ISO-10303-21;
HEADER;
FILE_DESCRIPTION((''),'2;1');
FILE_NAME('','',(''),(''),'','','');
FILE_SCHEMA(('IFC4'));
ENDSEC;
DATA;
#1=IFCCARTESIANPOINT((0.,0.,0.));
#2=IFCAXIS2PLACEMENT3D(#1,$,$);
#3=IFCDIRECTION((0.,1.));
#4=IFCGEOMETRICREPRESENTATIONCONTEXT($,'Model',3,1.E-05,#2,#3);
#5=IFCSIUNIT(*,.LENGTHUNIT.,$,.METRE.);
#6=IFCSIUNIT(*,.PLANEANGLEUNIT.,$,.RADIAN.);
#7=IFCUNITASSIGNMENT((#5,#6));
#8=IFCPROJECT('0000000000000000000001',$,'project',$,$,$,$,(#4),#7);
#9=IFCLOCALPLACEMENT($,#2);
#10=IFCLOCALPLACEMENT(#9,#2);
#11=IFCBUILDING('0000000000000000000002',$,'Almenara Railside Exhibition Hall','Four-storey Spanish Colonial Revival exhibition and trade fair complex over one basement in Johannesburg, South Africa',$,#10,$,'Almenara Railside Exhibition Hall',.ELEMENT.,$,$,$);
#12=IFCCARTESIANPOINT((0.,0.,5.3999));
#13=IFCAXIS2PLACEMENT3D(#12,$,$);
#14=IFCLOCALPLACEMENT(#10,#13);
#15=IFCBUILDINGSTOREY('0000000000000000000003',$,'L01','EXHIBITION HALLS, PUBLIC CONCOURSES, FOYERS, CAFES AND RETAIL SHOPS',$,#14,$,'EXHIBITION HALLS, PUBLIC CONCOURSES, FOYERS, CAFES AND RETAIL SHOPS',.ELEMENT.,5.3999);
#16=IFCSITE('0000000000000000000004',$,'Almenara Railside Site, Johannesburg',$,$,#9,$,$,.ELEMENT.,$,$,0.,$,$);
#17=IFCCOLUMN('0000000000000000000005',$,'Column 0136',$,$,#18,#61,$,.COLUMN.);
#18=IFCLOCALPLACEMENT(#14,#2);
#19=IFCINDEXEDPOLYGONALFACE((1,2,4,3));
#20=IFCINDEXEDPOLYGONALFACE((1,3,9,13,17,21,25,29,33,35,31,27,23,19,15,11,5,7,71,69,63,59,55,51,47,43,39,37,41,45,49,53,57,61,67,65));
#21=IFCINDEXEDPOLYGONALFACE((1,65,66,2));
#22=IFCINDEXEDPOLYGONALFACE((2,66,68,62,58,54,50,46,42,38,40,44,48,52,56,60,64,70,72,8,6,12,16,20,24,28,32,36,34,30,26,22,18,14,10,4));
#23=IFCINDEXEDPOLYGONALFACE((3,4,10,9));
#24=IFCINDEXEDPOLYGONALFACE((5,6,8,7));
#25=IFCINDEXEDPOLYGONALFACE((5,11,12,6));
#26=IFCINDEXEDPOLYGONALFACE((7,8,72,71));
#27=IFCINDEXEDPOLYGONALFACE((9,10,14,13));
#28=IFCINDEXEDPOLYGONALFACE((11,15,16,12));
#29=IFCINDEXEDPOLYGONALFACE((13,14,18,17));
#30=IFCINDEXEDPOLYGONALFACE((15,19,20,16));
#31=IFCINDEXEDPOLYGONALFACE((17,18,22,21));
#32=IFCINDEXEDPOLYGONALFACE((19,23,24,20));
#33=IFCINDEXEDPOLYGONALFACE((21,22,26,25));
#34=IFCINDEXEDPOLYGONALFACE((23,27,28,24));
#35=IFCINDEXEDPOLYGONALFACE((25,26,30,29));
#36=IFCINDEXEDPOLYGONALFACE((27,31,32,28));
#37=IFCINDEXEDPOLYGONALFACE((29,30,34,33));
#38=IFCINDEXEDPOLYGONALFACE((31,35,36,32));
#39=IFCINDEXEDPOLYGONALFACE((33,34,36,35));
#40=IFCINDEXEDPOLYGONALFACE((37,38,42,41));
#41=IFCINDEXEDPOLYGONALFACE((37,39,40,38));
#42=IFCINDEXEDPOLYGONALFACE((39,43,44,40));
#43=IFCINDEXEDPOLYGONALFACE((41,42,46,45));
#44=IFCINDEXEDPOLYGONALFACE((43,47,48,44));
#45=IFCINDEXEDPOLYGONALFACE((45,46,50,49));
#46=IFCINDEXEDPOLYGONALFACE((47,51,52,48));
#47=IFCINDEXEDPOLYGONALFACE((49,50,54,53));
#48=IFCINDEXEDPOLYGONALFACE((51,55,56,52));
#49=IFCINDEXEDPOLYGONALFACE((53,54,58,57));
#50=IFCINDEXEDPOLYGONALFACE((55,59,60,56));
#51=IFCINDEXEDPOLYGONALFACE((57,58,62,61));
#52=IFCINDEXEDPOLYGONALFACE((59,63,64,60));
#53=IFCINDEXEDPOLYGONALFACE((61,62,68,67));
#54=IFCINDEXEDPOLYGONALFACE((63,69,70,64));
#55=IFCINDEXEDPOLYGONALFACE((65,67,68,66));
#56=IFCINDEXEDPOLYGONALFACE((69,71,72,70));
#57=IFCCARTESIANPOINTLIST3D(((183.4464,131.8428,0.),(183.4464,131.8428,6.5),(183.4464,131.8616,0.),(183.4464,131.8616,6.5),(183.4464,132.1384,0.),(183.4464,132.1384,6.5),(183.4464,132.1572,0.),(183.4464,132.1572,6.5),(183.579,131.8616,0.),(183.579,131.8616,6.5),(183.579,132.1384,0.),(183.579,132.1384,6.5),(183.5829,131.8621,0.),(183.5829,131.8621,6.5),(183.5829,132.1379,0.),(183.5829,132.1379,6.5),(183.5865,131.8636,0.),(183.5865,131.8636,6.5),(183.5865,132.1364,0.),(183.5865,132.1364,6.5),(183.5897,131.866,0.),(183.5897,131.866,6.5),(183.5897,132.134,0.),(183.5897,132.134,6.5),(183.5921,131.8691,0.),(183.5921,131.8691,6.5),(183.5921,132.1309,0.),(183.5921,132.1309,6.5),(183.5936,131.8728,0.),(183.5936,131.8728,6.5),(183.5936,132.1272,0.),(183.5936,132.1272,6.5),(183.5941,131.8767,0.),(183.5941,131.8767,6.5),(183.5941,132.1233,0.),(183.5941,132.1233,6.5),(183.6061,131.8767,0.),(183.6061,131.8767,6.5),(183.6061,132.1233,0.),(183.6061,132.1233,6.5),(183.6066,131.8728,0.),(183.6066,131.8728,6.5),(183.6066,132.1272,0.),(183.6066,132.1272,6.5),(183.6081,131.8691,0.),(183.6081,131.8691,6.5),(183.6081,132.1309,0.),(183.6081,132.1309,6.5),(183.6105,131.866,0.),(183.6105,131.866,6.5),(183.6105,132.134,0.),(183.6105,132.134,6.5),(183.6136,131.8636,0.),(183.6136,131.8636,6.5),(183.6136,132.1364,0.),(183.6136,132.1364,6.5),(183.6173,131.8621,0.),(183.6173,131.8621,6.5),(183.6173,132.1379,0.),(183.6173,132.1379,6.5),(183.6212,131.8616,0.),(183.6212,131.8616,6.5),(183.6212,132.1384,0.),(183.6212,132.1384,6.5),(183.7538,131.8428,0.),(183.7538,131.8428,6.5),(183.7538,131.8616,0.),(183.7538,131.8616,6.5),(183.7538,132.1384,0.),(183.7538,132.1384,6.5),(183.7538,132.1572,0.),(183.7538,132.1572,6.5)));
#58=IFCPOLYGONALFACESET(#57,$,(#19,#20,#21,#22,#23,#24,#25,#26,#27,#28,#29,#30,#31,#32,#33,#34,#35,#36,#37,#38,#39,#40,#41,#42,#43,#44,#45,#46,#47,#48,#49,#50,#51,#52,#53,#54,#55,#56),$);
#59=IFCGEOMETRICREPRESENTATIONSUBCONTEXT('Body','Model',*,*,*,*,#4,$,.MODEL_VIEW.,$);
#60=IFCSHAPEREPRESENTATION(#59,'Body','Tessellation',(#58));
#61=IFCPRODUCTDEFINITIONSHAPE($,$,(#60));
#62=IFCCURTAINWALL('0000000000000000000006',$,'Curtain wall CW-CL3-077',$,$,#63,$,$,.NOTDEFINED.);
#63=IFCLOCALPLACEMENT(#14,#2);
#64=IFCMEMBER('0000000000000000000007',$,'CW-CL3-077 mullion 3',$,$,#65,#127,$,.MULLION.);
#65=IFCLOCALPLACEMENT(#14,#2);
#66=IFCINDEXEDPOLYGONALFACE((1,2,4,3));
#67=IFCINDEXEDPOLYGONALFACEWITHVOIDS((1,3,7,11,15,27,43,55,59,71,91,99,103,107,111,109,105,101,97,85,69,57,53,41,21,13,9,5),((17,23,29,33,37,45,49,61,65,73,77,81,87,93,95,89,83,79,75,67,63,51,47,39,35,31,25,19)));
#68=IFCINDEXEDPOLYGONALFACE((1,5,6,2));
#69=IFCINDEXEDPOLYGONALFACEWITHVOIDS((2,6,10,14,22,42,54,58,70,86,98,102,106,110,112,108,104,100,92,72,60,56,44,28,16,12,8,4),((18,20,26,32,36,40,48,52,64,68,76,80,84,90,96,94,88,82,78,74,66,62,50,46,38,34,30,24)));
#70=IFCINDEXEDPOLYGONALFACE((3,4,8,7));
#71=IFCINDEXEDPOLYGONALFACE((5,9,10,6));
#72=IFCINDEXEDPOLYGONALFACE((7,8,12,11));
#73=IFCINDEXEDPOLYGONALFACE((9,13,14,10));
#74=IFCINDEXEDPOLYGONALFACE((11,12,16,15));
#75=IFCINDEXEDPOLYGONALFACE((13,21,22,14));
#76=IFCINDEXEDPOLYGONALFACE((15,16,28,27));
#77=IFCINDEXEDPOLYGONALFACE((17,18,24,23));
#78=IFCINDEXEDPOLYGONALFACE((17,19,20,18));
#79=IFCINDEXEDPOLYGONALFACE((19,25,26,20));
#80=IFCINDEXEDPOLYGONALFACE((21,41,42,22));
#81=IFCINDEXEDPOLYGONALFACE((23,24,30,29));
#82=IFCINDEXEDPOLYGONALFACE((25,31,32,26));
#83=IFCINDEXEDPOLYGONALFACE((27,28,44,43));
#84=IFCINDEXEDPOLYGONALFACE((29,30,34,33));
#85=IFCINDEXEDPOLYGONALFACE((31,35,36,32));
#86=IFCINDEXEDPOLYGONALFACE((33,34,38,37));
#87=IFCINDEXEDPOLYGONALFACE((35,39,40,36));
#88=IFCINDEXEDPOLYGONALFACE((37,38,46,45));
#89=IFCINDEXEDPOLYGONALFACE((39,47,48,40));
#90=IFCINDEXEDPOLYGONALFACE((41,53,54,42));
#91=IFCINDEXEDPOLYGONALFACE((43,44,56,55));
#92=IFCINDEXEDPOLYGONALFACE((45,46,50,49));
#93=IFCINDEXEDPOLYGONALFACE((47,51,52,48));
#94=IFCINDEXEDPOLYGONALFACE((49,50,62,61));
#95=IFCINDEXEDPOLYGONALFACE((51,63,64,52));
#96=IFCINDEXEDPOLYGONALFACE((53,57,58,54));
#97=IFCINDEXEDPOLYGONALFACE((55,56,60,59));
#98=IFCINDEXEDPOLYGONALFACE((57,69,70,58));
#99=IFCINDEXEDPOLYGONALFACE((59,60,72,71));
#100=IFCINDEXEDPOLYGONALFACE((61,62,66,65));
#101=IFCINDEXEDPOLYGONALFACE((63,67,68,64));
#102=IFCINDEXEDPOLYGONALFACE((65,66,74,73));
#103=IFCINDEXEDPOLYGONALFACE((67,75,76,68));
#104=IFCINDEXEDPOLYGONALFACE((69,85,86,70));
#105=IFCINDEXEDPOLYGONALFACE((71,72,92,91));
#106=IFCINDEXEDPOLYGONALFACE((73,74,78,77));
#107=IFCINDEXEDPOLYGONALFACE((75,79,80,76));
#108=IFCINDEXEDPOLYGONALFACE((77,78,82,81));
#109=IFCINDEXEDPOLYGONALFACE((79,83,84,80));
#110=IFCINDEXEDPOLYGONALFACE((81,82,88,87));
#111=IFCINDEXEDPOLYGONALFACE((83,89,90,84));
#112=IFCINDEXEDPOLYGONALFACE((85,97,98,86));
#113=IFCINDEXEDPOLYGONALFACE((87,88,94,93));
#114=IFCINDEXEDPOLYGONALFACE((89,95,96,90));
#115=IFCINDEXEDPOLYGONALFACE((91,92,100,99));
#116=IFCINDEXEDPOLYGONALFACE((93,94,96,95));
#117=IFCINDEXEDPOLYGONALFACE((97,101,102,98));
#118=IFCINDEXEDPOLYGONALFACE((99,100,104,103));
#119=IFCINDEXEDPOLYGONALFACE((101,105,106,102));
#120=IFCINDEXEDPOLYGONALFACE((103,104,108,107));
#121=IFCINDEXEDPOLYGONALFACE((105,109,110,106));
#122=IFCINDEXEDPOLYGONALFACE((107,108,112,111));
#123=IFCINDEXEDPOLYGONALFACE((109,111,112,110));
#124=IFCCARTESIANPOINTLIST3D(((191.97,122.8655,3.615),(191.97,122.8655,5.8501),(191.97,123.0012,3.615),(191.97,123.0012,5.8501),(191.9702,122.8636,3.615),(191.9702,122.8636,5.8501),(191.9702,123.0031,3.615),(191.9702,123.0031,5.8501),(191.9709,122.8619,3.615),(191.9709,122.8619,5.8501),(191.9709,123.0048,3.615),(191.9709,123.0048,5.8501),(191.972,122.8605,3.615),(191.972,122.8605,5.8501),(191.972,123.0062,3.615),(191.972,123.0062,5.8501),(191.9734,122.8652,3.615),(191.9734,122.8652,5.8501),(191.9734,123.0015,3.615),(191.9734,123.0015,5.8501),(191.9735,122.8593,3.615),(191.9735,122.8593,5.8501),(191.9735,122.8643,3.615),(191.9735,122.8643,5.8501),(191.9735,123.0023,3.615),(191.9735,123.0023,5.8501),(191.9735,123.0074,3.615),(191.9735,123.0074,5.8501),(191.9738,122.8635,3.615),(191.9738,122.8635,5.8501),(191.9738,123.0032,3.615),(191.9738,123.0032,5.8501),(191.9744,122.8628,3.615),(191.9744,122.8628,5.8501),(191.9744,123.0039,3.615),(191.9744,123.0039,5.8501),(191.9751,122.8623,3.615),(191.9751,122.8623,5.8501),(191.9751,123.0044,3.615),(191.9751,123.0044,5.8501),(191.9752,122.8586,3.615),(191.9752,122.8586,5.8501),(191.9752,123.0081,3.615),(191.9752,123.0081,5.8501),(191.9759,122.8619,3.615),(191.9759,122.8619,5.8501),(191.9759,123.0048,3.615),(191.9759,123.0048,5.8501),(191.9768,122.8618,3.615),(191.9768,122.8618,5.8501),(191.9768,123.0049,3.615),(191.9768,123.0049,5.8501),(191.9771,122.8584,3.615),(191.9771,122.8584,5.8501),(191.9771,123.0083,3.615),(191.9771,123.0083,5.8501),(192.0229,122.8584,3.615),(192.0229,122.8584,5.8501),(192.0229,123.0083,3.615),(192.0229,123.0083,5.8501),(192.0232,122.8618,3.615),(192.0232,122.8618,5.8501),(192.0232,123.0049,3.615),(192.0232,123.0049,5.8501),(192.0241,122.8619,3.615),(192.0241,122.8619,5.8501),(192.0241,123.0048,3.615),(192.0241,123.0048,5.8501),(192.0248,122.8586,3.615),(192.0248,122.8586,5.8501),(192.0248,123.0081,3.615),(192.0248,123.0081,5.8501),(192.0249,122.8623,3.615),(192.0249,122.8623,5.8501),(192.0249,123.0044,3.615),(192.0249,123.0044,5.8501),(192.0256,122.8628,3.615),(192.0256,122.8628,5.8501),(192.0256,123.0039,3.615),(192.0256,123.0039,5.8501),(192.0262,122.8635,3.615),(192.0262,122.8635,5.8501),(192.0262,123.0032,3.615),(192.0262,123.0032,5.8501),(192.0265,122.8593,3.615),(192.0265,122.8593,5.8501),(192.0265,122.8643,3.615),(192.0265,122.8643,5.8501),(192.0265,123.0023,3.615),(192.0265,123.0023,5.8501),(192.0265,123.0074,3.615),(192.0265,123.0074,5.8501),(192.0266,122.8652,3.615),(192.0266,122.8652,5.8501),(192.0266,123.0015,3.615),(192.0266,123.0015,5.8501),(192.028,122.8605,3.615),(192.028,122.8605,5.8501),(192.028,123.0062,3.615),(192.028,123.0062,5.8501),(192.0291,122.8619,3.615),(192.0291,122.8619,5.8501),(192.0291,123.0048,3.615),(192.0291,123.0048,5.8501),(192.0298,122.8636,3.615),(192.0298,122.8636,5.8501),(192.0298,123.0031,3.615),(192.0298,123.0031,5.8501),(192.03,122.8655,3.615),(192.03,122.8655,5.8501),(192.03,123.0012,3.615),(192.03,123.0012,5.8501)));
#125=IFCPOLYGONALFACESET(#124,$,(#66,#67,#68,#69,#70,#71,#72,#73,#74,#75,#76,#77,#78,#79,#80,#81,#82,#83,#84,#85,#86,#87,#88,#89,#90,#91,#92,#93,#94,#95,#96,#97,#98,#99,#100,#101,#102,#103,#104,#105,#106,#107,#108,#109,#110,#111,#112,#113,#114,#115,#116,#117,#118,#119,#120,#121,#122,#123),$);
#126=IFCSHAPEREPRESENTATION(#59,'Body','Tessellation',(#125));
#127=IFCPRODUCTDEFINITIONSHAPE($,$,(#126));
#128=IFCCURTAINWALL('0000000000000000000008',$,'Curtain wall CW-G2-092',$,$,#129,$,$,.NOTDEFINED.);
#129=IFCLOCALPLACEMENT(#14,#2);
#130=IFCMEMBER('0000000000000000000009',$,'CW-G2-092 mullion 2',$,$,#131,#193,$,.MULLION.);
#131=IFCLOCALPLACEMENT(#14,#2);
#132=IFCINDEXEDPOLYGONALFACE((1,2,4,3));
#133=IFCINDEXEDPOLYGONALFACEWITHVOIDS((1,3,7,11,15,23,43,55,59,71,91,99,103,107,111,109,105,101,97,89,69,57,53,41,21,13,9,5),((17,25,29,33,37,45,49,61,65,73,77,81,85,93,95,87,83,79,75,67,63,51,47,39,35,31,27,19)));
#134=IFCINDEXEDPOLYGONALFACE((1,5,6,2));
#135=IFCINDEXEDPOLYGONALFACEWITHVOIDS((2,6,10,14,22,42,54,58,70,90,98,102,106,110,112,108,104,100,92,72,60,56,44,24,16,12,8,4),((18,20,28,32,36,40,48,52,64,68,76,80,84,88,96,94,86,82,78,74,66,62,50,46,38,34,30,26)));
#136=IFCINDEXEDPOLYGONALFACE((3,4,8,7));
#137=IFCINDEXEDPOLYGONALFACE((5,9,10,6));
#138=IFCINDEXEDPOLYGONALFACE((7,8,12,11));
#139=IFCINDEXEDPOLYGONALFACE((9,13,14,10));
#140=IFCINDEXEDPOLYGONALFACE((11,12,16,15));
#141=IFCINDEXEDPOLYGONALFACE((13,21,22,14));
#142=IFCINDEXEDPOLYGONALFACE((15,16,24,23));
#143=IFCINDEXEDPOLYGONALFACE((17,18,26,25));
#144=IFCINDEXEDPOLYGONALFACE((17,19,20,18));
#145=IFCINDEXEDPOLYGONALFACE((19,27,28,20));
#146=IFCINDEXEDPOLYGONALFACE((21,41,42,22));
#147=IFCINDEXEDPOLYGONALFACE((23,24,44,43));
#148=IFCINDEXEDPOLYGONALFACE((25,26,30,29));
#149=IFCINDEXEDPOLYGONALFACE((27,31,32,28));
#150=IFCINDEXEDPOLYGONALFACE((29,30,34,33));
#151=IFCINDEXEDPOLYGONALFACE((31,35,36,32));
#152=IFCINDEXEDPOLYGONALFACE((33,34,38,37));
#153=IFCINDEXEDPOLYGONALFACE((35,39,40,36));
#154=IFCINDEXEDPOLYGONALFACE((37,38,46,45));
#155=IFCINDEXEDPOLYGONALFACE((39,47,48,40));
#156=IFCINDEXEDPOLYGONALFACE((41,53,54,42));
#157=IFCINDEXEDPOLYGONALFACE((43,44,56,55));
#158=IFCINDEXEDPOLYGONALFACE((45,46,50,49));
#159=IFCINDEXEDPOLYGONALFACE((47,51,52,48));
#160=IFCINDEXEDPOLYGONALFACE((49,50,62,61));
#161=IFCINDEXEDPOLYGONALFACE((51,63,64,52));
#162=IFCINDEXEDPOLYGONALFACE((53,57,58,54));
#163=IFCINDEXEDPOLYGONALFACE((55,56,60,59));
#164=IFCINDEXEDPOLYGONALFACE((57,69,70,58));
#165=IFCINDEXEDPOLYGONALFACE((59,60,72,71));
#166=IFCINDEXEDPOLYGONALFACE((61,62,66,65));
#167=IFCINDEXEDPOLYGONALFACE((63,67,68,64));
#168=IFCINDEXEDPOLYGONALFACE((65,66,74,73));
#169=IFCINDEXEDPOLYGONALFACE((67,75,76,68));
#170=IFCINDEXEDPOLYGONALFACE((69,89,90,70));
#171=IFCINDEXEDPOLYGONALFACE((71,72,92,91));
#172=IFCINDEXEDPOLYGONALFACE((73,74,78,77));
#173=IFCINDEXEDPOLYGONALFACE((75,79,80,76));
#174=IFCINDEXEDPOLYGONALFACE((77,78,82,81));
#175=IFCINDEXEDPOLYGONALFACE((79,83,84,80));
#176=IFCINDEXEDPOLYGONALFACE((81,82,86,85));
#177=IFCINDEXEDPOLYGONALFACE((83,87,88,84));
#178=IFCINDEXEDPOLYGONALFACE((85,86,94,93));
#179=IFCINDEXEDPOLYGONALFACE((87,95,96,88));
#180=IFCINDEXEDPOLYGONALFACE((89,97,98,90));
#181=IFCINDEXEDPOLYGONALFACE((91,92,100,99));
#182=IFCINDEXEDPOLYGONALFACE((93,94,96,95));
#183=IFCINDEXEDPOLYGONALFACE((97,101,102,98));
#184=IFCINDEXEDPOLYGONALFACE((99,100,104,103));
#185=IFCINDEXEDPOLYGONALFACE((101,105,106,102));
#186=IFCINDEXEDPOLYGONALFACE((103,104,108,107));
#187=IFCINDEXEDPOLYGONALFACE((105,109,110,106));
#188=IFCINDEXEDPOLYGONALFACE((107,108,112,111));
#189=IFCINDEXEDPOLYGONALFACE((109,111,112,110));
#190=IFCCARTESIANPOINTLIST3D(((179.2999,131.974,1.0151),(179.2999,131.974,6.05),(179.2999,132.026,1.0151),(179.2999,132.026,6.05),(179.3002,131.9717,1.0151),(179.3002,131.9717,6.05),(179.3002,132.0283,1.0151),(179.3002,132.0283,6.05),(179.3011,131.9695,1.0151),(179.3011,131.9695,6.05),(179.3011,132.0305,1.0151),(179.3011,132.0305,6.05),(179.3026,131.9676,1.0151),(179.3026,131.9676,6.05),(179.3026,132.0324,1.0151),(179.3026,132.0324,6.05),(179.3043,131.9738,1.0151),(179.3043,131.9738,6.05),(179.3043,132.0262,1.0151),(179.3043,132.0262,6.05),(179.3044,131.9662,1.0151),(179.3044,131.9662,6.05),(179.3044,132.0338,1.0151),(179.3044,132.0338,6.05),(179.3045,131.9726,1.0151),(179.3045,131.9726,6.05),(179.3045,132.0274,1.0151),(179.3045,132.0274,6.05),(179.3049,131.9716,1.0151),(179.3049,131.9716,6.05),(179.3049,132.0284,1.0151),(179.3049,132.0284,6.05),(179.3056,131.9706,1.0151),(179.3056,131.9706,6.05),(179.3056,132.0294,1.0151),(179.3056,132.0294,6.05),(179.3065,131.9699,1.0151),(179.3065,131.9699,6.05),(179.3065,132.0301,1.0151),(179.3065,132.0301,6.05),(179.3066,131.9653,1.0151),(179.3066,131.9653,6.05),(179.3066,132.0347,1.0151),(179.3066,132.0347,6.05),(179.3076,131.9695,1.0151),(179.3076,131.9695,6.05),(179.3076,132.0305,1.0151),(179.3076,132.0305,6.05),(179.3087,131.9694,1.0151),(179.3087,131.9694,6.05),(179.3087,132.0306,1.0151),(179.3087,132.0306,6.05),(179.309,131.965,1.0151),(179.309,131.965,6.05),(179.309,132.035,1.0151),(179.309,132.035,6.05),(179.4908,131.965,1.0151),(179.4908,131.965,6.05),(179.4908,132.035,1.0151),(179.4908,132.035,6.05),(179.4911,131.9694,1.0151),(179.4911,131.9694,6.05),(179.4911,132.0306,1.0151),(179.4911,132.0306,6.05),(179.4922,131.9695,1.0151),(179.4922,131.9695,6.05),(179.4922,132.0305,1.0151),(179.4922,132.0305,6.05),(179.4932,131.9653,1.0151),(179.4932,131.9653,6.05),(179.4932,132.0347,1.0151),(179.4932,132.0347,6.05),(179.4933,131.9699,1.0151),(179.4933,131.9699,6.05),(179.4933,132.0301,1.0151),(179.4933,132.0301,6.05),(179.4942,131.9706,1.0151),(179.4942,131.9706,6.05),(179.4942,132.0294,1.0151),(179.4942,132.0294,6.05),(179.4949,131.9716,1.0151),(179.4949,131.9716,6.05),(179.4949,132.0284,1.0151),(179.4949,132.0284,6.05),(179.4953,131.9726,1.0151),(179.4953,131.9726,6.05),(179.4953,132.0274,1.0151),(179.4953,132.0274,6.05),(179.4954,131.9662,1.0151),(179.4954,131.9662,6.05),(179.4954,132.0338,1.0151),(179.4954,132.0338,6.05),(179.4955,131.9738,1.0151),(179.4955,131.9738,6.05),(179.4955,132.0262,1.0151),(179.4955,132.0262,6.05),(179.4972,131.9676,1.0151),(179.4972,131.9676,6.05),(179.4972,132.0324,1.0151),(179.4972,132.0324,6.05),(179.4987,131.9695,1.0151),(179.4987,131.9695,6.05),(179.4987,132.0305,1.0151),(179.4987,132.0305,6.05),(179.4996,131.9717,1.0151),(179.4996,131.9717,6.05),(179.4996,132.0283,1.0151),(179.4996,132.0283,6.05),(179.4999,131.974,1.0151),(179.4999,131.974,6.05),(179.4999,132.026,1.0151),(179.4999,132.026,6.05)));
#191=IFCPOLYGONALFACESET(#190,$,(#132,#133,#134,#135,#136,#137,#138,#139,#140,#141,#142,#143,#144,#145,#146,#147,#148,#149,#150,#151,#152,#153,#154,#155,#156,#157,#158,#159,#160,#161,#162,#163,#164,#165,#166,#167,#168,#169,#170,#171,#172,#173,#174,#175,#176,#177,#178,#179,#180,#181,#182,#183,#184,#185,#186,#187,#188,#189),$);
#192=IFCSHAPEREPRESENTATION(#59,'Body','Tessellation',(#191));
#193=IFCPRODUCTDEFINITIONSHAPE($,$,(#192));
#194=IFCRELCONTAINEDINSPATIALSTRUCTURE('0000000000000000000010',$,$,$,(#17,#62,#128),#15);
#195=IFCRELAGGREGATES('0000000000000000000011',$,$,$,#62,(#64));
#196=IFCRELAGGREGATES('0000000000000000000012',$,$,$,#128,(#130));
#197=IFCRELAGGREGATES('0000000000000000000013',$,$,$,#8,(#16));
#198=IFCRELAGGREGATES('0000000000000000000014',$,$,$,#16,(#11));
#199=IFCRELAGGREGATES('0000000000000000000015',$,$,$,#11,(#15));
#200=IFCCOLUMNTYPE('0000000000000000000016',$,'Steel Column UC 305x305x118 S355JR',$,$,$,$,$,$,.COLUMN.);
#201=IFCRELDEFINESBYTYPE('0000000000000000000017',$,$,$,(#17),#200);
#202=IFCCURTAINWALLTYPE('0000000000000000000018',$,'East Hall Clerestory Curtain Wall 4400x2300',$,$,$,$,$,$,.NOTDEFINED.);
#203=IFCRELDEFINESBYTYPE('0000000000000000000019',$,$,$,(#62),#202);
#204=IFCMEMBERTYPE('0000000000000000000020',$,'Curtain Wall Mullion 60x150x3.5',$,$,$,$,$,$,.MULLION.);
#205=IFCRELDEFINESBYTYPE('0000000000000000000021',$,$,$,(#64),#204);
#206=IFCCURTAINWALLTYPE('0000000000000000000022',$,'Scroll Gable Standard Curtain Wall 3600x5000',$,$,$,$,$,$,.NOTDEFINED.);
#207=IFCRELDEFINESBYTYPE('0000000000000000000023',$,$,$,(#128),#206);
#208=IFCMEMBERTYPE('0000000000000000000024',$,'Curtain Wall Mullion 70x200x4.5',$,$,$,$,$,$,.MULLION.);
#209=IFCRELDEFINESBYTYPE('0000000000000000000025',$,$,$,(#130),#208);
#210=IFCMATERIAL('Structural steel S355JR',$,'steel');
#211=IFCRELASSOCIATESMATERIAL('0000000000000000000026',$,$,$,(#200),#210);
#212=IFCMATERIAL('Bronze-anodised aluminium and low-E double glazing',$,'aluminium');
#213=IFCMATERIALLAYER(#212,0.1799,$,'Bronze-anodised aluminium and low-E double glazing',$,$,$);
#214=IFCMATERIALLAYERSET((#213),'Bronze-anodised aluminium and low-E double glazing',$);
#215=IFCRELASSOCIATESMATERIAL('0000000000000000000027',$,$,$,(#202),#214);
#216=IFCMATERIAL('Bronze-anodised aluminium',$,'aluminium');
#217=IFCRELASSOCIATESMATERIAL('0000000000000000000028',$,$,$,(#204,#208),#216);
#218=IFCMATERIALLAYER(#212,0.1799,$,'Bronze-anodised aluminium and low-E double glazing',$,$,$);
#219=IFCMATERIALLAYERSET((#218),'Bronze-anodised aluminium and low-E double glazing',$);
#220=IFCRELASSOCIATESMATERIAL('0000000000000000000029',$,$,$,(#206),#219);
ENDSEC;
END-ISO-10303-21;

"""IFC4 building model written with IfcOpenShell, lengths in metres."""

from ifc_helpers import new_model, si_unit, direction, frame, origin, origin_2d, place, context, subcontext, project, spatial, hollow_rectangle, i_section, extrude, material, layer, layer_set, material_profile, profile_set, type_object, element, aggregate, save


model = new_model("IFC4")

# Units and contexts
model_context = context("Model", 3, precision=1e-05, world=origin(), true_north=direction((0.0, 1.0)))
body_context = subcontext(model_context, "Body", "Model", "MODEL_VIEW")
ifc_project = project(units=[si_unit("LENGTHUNIT", "METRE"), si_unit("PLANEANGLEUNIT", "RADIAN")], contexts=[model_context])

# Site, building, storey
site_placement = place(None, origin())
site = spatial("IfcSite", under=ifc_project, at=site_placement, Name="Almenara Railside Site, Johannesburg", CompositionType="ELEMENT", RefElevation=0.0)
building_placement = place(site_placement, origin())
building = spatial("IfcBuilding", under=site, at=building_placement, Name="Almenara Railside Exhibition Hall", Description="Four-storey Spanish Colonial Revival exhibition and trade fair complex over one basement in Johannesburg, South Africa", LongName="Almenara Railside Exhibition Hall", CompositionType="ELEMENT")
storey_placement = place(building_placement, frame((0.0, 0.0, 5.3999)))
storey = spatial("IfcBuildingStorey", under=building, at=storey_placement, Name="L01", Description="EXHIBITION HALLS, PUBLIC CONCOURSES, FOYERS, CAFES AND RETAIL SHOPS", LongName="EXHIBITION HALLS, PUBLIC CONCOURSES, FOYERS, CAFES AND RETAIL SHOPS", CompositionType="ELEMENT", Elevation=5.3999)

# Column
ifc_material_1 = material(Name="Structural steel S355JR", Category="steel")
ifc_material_profile_1 = material_profile(ifc_material_1, i_section(OverallWidth=0.3074, OverallDepth=0.3145, WebThickness=0.012, FlangeThickness=0.0188, FilletRadius=0.0151, at=origin_2d()), Name="UC 305x305x118")
ifc_profile_set_1 = profile_set([ifc_material_profile_1], Name="Structural steel S355JR")
column_type = type_object("IfcColumnType", Name="Steel Column UC 305x305x118 S355JR", PredefinedType="COLUMN", material=ifc_profile_set_1)
column_placement = place(storey_placement, frame((183.6001, 132.0, 0.0), z_axis=(0.0, 0.0, 1.0), x_axis=(1.0, 0.0, 0.0)))
element("IfcColumn", 1, at=column_placement, inside=storey, type_object=column_type, Name="Column 0136", PredefinedType="COLUMN", context=body_context, shape_type="SweptSolid", body=[
    extrude(i_section(OverallWidth=0.3074, OverallDepth=0.3145, WebThickness=0.012, FlangeThickness=0.0188, FilletRadius=0.0151, at=origin_2d()), origin(), (0.0, 0.0, 1.0), 6.5),
])

# Curtain wall, member
ifc_material_2 = material(Name="Bronze-anodised aluminium and low-E double glazing", Category="aluminium")
ifc_layer_1 = layer(ifc_material_2, 0.1799, Name="Bronze-anodised aluminium and low-E double glazing")
ifc_layer_set_1 = layer_set([ifc_layer_1], Name="Bronze-anodised aluminium and low-E double glazing")
curtain_wall_type_1 = type_object("IfcCurtainWallType", Name="East Hall Clerestory Curtain Wall 4400x2300", PredefinedType="NOTDEFINED", material=ifc_layer_set_1)
curtain_wall_1_placement = place(storey_placement, origin())
curtain_wall_1 = element("IfcCurtainWall", 2, at=curtain_wall_1_placement, inside=storey, type_object=curtain_wall_type_1, Name="Curtain wall CW-CL3-077", PredefinedType="NOTDEFINED")
ifc_material_3 = material(Name="Bronze-anodised aluminium", Category="aluminium")
ifc_material_profile_2 = material_profile(ifc_material_3, hollow_rectangle(XDim=0.0601, YDim=0.1499, WallThickness=0.0034, InnerFilletRadius=0.0034, OuterFilletRadius=0.0071, at=origin_2d()), Name="ALU-MUL 60x150x3.5")
ifc_profile_set_2 = profile_set([ifc_material_profile_2], Name="Bronze-anodised aluminium")
member_type_1 = type_object("IfcMemberType", Name="Curtain Wall Mullion 60x150x3.5", PredefinedType="MULLION", material=ifc_profile_set_2)
member_1_placement = place(storey_placement, frame((192.0, 122.9333, 3.615), z_axis=(0.0, 0.0, 1.0), x_axis=(-1.0, 0.0, 0.0)))
member_1 = element("IfcMember", 3, at=member_1_placement, type_object=member_type_1, Name="CW-CL3-077 mullion 3", PredefinedType="MULLION", context=body_context, shape_type="SweptSolid", body=[
    extrude(hollow_rectangle(XDim=0.0601, YDim=0.1499, WallThickness=0.0034, InnerFilletRadius=0.0034, OuterFilletRadius=0.0071, at=origin_2d()), origin(), (0.0, 0.0, 1.0), 2.2351),
])

# Curtain wall, member
ifc_layer_2 = layer(ifc_material_2, 0.1799, Name="Bronze-anodised aluminium and low-E double glazing")
ifc_layer_set_2 = layer_set([ifc_layer_2], Name="Bronze-anodised aluminium and low-E double glazing")
curtain_wall_type_2 = type_object("IfcCurtainWallType", Name="Scroll Gable Standard Curtain Wall 3600x5000", PredefinedType="NOTDEFINED", material=ifc_layer_set_2)
curtain_wall_2_placement = place(storey_placement, origin())
curtain_wall_2 = element("IfcCurtainWall", 4, at=curtain_wall_2_placement, inside=storey, type_object=curtain_wall_type_2, Name="Curtain wall CW-G2-092", PredefinedType="NOTDEFINED")
ifc_material_profile_3 = material_profile(ifc_material_3, hollow_rectangle(XDim=0.0701, YDim=0.2, WallThickness=0.0044, InnerFilletRadius=0.0044, OuterFilletRadius=0.009, at=origin_2d()), Name="ALU-MUL 70x200x4.5")
ifc_profile_set_3 = profile_set([ifc_material_profile_3], Name="Bronze-anodised aluminium")
member_type_2 = type_object("IfcMemberType", Name="Curtain Wall Mullion 70x200x4.5", PredefinedType="MULLION", material=ifc_profile_set_3)
member_2_placement = place(storey_placement, frame((179.3999, 132.0, 1.0151), z_axis=(0.0, 0.0, 1.0), x_axis=(0.0, 1.0, 0.0)))
member_2 = element("IfcMember", 5, at=member_2_placement, type_object=member_type_2, Name="CW-G2-092 mullion 2", PredefinedType="MULLION", context=body_context, shape_type="SweptSolid", body=[
    extrude(hollow_rectangle(XDim=0.0701, YDim=0.2, WallThickness=0.0044, InnerFilletRadius=0.0044, OuterFilletRadius=0.009, at=origin_2d()), origin(), (0.0, 0.0, 1.0), 5.0349),
])

aggregate(curtain_wall_1, [member_1])
aggregate(curtain_wall_2, [member_2])

save(model, "model.ifc")
